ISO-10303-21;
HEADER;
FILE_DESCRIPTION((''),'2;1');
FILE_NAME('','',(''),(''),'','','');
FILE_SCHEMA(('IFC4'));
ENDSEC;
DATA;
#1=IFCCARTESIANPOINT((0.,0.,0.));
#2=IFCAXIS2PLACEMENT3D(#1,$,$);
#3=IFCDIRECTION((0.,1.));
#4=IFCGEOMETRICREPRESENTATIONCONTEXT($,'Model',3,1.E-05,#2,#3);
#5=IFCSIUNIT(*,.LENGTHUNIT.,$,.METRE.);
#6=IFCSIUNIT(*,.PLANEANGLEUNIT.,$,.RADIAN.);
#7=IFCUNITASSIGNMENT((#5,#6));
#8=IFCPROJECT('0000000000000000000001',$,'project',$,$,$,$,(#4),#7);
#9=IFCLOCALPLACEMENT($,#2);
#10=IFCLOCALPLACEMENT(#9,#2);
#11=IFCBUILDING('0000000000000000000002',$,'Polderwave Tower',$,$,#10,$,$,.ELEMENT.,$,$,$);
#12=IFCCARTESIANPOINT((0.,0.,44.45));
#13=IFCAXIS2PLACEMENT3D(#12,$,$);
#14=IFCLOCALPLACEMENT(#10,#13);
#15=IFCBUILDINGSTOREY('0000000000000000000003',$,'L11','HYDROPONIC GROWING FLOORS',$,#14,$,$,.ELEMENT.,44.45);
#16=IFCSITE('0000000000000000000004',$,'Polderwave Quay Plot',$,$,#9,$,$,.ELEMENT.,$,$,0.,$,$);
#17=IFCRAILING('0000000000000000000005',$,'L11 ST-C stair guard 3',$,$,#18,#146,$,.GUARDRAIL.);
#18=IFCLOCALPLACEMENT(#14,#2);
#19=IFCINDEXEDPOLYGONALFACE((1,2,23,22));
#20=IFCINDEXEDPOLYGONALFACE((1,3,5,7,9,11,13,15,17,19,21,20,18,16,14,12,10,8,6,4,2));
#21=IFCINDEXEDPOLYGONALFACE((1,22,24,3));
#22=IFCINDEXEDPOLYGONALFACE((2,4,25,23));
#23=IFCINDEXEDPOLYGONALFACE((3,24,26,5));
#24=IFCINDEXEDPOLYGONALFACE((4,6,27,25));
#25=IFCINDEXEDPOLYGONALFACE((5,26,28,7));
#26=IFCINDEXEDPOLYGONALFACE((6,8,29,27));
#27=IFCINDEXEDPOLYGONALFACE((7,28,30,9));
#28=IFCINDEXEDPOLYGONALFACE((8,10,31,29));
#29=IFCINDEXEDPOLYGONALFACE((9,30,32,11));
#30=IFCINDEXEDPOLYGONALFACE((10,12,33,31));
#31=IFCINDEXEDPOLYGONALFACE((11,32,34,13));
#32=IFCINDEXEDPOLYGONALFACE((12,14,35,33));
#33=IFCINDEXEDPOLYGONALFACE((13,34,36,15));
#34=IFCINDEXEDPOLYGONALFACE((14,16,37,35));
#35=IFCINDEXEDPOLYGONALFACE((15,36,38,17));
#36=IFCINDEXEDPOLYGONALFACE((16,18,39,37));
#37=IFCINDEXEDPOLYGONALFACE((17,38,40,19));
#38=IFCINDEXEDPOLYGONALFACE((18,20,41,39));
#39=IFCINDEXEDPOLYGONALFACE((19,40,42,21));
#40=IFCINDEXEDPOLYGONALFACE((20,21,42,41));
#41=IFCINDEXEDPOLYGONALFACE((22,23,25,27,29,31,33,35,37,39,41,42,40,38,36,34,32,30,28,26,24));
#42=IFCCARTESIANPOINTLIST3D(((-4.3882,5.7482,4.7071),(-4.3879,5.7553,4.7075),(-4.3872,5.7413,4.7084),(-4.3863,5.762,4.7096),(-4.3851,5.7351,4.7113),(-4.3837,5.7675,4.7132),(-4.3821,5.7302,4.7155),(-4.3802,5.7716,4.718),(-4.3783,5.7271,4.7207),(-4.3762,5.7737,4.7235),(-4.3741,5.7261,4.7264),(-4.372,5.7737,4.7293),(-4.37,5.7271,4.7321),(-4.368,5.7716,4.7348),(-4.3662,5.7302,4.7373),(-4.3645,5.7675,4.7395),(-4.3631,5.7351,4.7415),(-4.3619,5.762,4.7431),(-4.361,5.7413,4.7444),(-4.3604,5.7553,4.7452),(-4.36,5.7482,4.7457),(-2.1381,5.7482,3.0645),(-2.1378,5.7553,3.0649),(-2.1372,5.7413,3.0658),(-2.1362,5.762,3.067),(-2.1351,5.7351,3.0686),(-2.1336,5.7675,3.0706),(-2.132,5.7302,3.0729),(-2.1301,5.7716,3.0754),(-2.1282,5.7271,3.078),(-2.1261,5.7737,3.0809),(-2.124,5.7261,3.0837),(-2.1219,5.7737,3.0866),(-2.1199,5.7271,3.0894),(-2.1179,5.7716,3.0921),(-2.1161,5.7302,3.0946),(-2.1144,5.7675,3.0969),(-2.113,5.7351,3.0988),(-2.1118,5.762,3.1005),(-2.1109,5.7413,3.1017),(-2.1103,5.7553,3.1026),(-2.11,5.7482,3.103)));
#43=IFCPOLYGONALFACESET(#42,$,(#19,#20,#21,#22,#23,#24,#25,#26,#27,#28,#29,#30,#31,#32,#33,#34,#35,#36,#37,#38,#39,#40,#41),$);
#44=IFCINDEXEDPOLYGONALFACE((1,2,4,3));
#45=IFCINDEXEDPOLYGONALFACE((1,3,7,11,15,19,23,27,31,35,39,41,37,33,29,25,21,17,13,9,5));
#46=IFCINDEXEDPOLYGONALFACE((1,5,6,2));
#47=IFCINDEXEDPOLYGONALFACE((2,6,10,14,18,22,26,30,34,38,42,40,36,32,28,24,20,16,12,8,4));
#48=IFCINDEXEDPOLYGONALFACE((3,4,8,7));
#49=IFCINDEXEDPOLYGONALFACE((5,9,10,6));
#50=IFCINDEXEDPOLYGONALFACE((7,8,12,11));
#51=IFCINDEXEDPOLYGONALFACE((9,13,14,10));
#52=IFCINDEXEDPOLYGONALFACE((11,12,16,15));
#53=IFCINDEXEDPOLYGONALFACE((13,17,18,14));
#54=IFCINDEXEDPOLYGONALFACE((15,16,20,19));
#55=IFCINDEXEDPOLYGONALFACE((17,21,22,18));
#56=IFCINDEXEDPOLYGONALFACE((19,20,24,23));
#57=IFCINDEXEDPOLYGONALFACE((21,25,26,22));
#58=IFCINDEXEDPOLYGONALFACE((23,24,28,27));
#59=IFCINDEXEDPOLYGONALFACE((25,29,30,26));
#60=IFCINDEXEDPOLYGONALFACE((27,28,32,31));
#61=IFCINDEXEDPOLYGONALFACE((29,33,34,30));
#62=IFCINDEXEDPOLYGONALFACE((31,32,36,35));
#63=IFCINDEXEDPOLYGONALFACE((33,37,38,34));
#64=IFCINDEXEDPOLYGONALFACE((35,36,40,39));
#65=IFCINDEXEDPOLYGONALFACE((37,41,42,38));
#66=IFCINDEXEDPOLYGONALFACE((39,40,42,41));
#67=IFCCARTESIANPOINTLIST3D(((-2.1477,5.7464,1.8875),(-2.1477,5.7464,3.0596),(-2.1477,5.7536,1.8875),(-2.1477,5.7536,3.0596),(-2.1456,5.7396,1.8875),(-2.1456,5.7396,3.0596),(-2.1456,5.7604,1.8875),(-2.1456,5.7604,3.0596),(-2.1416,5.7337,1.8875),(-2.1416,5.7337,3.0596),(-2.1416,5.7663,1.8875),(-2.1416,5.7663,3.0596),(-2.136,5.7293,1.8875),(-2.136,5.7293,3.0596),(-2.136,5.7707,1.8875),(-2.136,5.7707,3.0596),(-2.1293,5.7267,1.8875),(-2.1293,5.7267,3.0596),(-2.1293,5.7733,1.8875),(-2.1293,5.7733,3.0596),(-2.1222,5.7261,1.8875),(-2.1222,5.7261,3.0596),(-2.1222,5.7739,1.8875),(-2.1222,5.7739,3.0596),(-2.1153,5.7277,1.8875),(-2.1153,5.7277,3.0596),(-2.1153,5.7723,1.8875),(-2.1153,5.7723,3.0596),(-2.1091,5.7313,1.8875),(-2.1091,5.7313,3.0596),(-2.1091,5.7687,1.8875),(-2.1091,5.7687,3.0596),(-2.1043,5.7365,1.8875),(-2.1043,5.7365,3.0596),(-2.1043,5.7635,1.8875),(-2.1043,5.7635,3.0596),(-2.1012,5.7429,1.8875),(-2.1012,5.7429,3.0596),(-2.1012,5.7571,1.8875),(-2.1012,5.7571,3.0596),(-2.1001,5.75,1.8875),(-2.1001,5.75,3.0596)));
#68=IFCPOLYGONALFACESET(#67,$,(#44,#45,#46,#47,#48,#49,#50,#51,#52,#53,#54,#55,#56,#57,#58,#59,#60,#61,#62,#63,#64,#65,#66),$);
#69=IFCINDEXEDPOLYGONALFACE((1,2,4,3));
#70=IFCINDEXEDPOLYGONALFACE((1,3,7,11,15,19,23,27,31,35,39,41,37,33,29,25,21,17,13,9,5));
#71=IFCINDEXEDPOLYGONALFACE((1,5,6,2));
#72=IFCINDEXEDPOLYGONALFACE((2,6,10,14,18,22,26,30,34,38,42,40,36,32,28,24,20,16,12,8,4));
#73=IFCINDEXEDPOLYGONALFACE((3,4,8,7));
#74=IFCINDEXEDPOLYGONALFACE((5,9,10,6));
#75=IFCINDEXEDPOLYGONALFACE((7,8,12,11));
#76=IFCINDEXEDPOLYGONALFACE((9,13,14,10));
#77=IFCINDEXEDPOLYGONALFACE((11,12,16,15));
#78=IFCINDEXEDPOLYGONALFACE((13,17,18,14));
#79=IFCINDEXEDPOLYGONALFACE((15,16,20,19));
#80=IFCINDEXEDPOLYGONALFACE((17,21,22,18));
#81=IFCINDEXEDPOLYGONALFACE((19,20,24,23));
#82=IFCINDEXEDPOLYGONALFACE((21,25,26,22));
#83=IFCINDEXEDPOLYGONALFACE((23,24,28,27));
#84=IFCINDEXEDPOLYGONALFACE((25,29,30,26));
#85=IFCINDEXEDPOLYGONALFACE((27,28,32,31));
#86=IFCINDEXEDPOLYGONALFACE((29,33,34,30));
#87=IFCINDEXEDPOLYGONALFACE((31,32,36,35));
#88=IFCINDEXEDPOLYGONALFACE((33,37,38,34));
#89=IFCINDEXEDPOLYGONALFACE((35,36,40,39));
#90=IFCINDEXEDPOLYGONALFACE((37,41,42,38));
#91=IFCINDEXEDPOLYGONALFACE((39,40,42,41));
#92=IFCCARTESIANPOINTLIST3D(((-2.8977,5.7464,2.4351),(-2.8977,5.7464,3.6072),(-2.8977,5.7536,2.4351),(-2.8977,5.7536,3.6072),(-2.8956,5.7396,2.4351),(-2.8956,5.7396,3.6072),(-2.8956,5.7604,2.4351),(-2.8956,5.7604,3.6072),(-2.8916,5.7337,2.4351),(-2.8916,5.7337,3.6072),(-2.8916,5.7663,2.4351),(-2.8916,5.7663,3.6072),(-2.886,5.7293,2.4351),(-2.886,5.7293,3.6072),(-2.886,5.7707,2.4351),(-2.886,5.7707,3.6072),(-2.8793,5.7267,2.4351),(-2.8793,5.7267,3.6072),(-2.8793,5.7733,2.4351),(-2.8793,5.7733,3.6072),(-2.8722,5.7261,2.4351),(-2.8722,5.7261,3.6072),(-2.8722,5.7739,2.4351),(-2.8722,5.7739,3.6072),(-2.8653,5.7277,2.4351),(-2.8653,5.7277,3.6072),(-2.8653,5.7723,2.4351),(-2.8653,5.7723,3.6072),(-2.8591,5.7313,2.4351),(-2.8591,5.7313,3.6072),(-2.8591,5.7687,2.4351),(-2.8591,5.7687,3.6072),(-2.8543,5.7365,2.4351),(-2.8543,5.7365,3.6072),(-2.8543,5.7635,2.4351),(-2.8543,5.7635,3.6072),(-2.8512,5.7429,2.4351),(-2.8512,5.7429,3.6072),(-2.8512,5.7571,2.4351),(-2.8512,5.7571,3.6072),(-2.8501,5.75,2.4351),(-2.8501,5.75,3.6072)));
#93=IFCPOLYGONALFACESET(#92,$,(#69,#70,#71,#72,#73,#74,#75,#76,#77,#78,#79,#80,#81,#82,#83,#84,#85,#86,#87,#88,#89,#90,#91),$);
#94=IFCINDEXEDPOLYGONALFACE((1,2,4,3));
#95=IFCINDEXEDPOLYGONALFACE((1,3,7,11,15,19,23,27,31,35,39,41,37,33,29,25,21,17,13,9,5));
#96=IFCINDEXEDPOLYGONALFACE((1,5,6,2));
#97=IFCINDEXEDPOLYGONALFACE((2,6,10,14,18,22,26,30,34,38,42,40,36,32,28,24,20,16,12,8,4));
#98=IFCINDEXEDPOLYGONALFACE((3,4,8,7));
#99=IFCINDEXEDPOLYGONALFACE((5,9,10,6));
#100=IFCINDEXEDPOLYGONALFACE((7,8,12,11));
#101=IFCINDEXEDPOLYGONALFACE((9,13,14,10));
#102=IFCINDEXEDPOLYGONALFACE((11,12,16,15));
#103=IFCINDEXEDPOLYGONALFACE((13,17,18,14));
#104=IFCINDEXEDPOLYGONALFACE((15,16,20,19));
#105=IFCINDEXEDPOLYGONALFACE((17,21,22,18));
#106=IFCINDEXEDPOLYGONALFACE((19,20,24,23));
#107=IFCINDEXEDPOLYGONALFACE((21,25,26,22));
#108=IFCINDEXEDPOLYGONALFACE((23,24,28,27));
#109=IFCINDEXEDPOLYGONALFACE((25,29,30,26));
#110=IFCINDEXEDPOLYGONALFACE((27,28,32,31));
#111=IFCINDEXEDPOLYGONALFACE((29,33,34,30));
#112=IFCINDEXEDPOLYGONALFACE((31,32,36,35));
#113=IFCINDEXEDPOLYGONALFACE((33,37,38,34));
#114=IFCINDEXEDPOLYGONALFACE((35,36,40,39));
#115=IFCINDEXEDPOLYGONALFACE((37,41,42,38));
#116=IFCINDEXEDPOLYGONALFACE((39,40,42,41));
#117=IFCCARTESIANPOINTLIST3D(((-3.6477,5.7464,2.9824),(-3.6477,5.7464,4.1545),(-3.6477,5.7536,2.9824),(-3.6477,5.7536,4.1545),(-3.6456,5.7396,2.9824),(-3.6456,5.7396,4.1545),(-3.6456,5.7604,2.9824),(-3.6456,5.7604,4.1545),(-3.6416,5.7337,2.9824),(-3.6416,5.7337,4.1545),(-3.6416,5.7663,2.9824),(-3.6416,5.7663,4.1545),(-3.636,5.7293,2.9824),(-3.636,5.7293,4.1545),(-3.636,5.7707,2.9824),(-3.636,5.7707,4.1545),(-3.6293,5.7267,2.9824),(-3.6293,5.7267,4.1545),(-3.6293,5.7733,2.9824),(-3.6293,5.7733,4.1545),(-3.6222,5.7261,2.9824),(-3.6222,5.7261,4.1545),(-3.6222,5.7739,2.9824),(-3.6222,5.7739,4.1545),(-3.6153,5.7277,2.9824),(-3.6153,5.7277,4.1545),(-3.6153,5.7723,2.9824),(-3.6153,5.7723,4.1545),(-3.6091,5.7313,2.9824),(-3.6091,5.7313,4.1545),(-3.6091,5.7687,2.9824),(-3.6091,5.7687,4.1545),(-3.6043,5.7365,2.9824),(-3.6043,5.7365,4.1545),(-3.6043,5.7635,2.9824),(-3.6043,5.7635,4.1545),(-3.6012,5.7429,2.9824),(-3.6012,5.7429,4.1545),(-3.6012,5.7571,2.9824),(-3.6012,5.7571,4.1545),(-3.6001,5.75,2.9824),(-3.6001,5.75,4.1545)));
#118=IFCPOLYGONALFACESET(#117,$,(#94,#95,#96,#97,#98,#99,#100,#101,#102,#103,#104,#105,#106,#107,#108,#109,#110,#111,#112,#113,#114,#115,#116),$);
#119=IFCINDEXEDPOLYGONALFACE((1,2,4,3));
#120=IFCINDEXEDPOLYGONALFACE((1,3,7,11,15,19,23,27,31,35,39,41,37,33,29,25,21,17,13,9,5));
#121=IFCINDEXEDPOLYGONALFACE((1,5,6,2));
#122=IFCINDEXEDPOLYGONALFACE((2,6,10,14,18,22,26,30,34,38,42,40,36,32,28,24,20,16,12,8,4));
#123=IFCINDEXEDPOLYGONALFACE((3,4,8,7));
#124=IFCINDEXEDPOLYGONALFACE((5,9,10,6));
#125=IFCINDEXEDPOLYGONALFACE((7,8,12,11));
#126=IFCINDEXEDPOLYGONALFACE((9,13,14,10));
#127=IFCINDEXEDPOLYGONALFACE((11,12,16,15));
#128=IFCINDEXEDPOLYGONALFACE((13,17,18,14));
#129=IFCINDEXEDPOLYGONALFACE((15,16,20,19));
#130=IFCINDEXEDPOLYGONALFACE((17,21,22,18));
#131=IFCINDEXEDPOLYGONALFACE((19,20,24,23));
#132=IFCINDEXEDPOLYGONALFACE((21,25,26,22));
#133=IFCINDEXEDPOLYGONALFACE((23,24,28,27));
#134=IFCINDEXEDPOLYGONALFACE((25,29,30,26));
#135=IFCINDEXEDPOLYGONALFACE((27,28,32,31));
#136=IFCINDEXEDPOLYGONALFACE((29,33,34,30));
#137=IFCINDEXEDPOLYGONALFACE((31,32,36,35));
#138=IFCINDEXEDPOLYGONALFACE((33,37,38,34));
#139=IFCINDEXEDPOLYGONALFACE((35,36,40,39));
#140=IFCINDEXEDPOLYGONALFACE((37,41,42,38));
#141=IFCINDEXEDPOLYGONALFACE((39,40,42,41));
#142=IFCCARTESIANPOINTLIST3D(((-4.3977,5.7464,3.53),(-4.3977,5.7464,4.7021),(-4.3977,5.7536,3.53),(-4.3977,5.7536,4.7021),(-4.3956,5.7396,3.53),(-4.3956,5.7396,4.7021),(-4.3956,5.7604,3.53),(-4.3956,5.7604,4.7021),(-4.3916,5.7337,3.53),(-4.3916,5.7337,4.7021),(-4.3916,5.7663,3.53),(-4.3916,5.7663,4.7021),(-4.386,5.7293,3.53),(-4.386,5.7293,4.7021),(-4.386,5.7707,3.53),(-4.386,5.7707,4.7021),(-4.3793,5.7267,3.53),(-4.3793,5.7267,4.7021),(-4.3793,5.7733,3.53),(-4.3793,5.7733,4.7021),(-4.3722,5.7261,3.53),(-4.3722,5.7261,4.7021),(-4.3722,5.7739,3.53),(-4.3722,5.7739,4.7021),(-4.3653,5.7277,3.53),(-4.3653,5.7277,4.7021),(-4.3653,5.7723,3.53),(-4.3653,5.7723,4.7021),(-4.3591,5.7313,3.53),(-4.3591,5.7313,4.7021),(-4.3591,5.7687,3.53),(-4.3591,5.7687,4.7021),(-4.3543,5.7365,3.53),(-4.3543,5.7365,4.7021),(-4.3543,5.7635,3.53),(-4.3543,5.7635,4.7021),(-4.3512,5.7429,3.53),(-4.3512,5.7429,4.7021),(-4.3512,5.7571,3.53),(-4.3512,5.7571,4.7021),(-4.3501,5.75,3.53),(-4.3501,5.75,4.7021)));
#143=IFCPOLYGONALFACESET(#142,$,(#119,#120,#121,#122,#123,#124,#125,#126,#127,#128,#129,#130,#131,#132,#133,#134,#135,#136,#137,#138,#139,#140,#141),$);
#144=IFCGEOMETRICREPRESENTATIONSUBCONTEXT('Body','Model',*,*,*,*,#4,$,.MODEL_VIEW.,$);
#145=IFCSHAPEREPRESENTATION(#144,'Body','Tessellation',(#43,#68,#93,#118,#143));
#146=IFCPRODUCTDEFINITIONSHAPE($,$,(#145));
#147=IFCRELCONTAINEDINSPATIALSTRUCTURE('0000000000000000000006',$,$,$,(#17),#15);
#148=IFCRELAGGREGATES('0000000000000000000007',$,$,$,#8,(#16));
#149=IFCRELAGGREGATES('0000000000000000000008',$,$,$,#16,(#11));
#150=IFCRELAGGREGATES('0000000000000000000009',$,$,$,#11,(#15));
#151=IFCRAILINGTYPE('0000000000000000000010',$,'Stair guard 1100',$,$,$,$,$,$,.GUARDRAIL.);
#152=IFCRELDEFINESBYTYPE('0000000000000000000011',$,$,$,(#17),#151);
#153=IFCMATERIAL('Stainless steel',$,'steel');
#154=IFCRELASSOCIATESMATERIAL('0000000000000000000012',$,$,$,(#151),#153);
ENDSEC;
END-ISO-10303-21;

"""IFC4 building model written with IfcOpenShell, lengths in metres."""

from ifc_helpers import new_model, si_unit, direction, frame, origin, origin_2d, place, context, subcontext, project, spatial, circle, extrude, material, type_object, element, save


model = new_model("IFC4")

# Units and contexts
model_context = context("Model", 3, precision=1e-05, world=origin(), true_north=direction((0.0, 1.0)))
body_context = subcontext(model_context, "Body", "Model", "MODEL_VIEW")
ifc_project = project(units=[si_unit("LENGTHUNIT", "METRE"), si_unit("PLANEANGLEUNIT", "RADIAN")], contexts=[model_context])

# Site, building, storey
site_placement = place(None, origin())
site = spatial("IfcSite", under=ifc_project, at=site_placement, Name="Polderwave Quay Plot", CompositionType="ELEMENT", RefElevation=0.0)
building_placement = place(site_placement, origin())
building = spatial("IfcBuilding", under=site, at=building_placement, Name="Polderwave Tower", CompositionType="ELEMENT")
storey_placement = place(building_placement, frame((0.0, 0.0, 44.45)))
storey = spatial("IfcBuildingStorey", under=building, at=storey_placement, Name="L11", Description="HYDROPONIC GROWING FLOORS", CompositionType="ELEMENT", Elevation=44.45)

# Railing
ifc_material_1 = material(Name="Stainless steel", Category="steel")
railing_type_1 = type_object("IfcRailingType", Name="Stair guard 1100", PredefinedType="GUARDRAIL", material=ifc_material_1)
railing_1_placement = place(storey_placement, frame((-2.124, 5.75, 1.8875)))
element("IfcRailing", 1, at=railing_1_placement, inside=storey, type_object=railing_type_1, Name="L11 ST-C stair guard 3", PredefinedType="GUARDRAIL", context=body_context, shape_type="SweptSolid", body=[
    extrude(circle(Radius=0.0239, at=origin_2d()), frame((0.0, 0.0, 1.1963), z_axis=(-0.807674, 0.0, 0.58963), x_axis=(0.0, -1.0, 0.0)), (0.0, 0.0, 1.0), 2.7859),
    extrude(circle(Radius=0.0239, at=origin_2d()), origin(), (0.0, 0.0, 1.0), 1.1721),
    extrude(circle(Radius=0.0239, at=origin_2d()), frame((-0.75, 0.0, 0.5476)), (0.0, 0.0, 1.0), 1.1721),
    extrude(circle(Radius=0.0239, at=origin_2d()), frame((-1.5, 0.0, 1.095)), (0.0, 0.0, 1.0), 1.1721),
    extrude(circle(Radius=0.0239, at=origin_2d()), frame((-2.25, 0.0, 1.6426)), (0.0, 0.0, 1.0), 1.1721),
])

save(model, "model.ifc")
